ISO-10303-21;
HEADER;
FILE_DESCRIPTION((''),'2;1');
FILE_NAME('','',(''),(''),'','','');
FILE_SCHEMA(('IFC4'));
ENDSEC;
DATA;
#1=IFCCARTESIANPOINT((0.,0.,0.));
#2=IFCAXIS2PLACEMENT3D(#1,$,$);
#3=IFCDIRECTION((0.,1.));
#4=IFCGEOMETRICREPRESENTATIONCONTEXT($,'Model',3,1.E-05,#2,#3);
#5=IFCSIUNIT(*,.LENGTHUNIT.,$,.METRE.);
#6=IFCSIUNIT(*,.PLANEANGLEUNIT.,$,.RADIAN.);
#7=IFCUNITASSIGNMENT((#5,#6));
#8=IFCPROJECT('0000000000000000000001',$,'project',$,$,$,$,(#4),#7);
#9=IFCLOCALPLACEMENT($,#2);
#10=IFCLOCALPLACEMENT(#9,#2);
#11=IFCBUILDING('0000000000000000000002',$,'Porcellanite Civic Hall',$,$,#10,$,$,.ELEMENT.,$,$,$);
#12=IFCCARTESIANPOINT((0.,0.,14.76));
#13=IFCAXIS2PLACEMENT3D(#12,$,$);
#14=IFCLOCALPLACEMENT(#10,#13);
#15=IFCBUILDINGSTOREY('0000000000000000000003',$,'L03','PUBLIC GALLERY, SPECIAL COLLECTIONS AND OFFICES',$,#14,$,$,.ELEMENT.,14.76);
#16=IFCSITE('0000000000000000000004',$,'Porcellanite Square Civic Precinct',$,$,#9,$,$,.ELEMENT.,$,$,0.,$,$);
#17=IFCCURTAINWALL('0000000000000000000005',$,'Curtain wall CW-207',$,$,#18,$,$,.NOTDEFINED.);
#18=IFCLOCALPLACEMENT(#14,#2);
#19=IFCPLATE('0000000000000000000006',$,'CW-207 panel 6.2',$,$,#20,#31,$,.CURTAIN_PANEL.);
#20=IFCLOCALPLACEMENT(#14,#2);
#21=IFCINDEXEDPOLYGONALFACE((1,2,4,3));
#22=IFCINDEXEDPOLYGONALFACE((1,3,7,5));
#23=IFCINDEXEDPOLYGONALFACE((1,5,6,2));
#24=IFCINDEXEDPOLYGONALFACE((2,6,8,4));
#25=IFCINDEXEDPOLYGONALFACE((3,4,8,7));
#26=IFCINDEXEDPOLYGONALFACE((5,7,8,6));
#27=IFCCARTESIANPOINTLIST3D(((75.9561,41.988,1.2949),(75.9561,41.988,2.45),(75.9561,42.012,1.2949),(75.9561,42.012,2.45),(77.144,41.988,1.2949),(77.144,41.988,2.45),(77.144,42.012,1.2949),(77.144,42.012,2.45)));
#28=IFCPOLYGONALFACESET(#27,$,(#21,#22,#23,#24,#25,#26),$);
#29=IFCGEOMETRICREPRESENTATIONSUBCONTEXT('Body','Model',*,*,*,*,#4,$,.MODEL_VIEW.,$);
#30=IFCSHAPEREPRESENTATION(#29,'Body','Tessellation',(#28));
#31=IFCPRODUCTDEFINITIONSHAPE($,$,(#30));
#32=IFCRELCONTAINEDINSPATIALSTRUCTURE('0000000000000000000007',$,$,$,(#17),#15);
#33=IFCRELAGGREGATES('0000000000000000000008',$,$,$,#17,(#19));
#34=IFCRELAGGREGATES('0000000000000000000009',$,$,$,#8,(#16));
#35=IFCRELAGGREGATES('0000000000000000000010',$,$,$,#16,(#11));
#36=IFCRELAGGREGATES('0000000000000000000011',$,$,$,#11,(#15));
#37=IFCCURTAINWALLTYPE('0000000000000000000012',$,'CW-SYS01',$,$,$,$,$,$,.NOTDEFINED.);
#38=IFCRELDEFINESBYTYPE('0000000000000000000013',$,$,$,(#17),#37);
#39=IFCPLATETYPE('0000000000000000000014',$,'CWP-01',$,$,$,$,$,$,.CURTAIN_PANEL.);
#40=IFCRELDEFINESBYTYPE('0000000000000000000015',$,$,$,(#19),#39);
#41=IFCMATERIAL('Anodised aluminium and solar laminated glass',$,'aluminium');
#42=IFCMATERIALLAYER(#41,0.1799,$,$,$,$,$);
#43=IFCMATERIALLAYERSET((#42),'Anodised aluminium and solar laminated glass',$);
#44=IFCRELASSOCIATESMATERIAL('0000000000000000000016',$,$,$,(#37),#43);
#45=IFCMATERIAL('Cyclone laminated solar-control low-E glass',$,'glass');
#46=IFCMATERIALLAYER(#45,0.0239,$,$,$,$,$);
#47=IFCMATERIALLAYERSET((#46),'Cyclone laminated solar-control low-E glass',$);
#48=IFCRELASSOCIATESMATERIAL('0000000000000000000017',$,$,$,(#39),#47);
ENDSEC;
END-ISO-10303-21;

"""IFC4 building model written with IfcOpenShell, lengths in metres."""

from ifc_helpers import new_model, si_unit, direction, frame, origin, origin_2d, place, context, subcontext, project, spatial, rectangle, extrude, material, layer, layer_set, type_object, element, aggregate, save


model = new_model("IFC4")

# Units and contexts
model_context = context("Model", 3, precision=1e-05, world=origin(), true_north=direction((0.0, 1.0)))
body_context = subcontext(model_context, "Body", "Model", "MODEL_VIEW")
ifc_project = project(units=[si_unit("LENGTHUNIT", "METRE"), si_unit("PLANEANGLEUNIT", "RADIAN")], contexts=[model_context])

# Site, building, storey
site_placement = place(None, origin())
site = spatial("IfcSite", under=ifc_project, at=site_placement, Name="Porcellanite Square Civic Precinct", CompositionType="ELEMENT", RefElevation=0.0)
building_placement = place(site_placement, origin())
building = spatial("IfcBuilding", under=site, at=building_placement, Name="Porcellanite Civic Hall", CompositionType="ELEMENT")
storey_placement = place(building_placement, frame((0.0, 0.0, 14.76)))
storey = spatial("IfcBuildingStorey", under=building, at=storey_placement, Name="L03", Description="PUBLIC GALLERY, SPECIAL COLLECTIONS AND OFFICES", CompositionType="ELEMENT", Elevation=14.76)

# Curtain wall, plate
ifc_material_1 = material(Name="Anodised aluminium and solar laminated glass", Category="aluminium")
ifc_layer_1 = layer(ifc_material_1, 0.1799)
ifc_layer_set_1 = layer_set([ifc_layer_1], Name="Anodised aluminium and solar laminated glass")
curtain_wall_type = type_object("IfcCurtainWallType", Name="CW-SYS01", PredefinedType="NOTDEFINED", material=ifc_layer_set_1)
curtain_wall_placement = place(storey_placement, origin())
curtain_wall = element("IfcCurtainWall", 1, at=curtain_wall_placement, inside=storey, type_object=curtain_wall_type, Name="Curtain wall CW-207", PredefinedType="NOTDEFINED")
ifc_material_2 = material(Name="Cyclone laminated solar-control low-E glass", Category="glass")
ifc_layer_2 = layer(ifc_material_2, 0.0239)
ifc_layer_set_2 = layer_set([ifc_layer_2], Name="Cyclone laminated solar-control low-E glass")
plate_type = type_object("IfcPlateType", Name="CWP-01", PredefinedType="CURTAIN_PANEL", material=ifc_layer_set_2)
plate_1_placement = place(storey_placement, frame((76.55, 42.0, 1.2949), z_axis=(0.0, 0.0, 1.0), x_axis=(-1.0, 0.0, 0.0)))
plate_1 = element("IfcPlate", 2, at=plate_1_placement, type_object=plate_type, Name="CW-207 panel 6.2", PredefinedType="CURTAIN_PANEL", context=body_context, shape_type="SweptSolid", body=[
    extrude(rectangle(XDim=1.188, YDim=0.0239, at=origin_2d()), origin(), (0.0, 0.0, 1.0), 1.155),
])
aggregate(curtain_wall, [plate_1])

save(model, "model.ifc")
